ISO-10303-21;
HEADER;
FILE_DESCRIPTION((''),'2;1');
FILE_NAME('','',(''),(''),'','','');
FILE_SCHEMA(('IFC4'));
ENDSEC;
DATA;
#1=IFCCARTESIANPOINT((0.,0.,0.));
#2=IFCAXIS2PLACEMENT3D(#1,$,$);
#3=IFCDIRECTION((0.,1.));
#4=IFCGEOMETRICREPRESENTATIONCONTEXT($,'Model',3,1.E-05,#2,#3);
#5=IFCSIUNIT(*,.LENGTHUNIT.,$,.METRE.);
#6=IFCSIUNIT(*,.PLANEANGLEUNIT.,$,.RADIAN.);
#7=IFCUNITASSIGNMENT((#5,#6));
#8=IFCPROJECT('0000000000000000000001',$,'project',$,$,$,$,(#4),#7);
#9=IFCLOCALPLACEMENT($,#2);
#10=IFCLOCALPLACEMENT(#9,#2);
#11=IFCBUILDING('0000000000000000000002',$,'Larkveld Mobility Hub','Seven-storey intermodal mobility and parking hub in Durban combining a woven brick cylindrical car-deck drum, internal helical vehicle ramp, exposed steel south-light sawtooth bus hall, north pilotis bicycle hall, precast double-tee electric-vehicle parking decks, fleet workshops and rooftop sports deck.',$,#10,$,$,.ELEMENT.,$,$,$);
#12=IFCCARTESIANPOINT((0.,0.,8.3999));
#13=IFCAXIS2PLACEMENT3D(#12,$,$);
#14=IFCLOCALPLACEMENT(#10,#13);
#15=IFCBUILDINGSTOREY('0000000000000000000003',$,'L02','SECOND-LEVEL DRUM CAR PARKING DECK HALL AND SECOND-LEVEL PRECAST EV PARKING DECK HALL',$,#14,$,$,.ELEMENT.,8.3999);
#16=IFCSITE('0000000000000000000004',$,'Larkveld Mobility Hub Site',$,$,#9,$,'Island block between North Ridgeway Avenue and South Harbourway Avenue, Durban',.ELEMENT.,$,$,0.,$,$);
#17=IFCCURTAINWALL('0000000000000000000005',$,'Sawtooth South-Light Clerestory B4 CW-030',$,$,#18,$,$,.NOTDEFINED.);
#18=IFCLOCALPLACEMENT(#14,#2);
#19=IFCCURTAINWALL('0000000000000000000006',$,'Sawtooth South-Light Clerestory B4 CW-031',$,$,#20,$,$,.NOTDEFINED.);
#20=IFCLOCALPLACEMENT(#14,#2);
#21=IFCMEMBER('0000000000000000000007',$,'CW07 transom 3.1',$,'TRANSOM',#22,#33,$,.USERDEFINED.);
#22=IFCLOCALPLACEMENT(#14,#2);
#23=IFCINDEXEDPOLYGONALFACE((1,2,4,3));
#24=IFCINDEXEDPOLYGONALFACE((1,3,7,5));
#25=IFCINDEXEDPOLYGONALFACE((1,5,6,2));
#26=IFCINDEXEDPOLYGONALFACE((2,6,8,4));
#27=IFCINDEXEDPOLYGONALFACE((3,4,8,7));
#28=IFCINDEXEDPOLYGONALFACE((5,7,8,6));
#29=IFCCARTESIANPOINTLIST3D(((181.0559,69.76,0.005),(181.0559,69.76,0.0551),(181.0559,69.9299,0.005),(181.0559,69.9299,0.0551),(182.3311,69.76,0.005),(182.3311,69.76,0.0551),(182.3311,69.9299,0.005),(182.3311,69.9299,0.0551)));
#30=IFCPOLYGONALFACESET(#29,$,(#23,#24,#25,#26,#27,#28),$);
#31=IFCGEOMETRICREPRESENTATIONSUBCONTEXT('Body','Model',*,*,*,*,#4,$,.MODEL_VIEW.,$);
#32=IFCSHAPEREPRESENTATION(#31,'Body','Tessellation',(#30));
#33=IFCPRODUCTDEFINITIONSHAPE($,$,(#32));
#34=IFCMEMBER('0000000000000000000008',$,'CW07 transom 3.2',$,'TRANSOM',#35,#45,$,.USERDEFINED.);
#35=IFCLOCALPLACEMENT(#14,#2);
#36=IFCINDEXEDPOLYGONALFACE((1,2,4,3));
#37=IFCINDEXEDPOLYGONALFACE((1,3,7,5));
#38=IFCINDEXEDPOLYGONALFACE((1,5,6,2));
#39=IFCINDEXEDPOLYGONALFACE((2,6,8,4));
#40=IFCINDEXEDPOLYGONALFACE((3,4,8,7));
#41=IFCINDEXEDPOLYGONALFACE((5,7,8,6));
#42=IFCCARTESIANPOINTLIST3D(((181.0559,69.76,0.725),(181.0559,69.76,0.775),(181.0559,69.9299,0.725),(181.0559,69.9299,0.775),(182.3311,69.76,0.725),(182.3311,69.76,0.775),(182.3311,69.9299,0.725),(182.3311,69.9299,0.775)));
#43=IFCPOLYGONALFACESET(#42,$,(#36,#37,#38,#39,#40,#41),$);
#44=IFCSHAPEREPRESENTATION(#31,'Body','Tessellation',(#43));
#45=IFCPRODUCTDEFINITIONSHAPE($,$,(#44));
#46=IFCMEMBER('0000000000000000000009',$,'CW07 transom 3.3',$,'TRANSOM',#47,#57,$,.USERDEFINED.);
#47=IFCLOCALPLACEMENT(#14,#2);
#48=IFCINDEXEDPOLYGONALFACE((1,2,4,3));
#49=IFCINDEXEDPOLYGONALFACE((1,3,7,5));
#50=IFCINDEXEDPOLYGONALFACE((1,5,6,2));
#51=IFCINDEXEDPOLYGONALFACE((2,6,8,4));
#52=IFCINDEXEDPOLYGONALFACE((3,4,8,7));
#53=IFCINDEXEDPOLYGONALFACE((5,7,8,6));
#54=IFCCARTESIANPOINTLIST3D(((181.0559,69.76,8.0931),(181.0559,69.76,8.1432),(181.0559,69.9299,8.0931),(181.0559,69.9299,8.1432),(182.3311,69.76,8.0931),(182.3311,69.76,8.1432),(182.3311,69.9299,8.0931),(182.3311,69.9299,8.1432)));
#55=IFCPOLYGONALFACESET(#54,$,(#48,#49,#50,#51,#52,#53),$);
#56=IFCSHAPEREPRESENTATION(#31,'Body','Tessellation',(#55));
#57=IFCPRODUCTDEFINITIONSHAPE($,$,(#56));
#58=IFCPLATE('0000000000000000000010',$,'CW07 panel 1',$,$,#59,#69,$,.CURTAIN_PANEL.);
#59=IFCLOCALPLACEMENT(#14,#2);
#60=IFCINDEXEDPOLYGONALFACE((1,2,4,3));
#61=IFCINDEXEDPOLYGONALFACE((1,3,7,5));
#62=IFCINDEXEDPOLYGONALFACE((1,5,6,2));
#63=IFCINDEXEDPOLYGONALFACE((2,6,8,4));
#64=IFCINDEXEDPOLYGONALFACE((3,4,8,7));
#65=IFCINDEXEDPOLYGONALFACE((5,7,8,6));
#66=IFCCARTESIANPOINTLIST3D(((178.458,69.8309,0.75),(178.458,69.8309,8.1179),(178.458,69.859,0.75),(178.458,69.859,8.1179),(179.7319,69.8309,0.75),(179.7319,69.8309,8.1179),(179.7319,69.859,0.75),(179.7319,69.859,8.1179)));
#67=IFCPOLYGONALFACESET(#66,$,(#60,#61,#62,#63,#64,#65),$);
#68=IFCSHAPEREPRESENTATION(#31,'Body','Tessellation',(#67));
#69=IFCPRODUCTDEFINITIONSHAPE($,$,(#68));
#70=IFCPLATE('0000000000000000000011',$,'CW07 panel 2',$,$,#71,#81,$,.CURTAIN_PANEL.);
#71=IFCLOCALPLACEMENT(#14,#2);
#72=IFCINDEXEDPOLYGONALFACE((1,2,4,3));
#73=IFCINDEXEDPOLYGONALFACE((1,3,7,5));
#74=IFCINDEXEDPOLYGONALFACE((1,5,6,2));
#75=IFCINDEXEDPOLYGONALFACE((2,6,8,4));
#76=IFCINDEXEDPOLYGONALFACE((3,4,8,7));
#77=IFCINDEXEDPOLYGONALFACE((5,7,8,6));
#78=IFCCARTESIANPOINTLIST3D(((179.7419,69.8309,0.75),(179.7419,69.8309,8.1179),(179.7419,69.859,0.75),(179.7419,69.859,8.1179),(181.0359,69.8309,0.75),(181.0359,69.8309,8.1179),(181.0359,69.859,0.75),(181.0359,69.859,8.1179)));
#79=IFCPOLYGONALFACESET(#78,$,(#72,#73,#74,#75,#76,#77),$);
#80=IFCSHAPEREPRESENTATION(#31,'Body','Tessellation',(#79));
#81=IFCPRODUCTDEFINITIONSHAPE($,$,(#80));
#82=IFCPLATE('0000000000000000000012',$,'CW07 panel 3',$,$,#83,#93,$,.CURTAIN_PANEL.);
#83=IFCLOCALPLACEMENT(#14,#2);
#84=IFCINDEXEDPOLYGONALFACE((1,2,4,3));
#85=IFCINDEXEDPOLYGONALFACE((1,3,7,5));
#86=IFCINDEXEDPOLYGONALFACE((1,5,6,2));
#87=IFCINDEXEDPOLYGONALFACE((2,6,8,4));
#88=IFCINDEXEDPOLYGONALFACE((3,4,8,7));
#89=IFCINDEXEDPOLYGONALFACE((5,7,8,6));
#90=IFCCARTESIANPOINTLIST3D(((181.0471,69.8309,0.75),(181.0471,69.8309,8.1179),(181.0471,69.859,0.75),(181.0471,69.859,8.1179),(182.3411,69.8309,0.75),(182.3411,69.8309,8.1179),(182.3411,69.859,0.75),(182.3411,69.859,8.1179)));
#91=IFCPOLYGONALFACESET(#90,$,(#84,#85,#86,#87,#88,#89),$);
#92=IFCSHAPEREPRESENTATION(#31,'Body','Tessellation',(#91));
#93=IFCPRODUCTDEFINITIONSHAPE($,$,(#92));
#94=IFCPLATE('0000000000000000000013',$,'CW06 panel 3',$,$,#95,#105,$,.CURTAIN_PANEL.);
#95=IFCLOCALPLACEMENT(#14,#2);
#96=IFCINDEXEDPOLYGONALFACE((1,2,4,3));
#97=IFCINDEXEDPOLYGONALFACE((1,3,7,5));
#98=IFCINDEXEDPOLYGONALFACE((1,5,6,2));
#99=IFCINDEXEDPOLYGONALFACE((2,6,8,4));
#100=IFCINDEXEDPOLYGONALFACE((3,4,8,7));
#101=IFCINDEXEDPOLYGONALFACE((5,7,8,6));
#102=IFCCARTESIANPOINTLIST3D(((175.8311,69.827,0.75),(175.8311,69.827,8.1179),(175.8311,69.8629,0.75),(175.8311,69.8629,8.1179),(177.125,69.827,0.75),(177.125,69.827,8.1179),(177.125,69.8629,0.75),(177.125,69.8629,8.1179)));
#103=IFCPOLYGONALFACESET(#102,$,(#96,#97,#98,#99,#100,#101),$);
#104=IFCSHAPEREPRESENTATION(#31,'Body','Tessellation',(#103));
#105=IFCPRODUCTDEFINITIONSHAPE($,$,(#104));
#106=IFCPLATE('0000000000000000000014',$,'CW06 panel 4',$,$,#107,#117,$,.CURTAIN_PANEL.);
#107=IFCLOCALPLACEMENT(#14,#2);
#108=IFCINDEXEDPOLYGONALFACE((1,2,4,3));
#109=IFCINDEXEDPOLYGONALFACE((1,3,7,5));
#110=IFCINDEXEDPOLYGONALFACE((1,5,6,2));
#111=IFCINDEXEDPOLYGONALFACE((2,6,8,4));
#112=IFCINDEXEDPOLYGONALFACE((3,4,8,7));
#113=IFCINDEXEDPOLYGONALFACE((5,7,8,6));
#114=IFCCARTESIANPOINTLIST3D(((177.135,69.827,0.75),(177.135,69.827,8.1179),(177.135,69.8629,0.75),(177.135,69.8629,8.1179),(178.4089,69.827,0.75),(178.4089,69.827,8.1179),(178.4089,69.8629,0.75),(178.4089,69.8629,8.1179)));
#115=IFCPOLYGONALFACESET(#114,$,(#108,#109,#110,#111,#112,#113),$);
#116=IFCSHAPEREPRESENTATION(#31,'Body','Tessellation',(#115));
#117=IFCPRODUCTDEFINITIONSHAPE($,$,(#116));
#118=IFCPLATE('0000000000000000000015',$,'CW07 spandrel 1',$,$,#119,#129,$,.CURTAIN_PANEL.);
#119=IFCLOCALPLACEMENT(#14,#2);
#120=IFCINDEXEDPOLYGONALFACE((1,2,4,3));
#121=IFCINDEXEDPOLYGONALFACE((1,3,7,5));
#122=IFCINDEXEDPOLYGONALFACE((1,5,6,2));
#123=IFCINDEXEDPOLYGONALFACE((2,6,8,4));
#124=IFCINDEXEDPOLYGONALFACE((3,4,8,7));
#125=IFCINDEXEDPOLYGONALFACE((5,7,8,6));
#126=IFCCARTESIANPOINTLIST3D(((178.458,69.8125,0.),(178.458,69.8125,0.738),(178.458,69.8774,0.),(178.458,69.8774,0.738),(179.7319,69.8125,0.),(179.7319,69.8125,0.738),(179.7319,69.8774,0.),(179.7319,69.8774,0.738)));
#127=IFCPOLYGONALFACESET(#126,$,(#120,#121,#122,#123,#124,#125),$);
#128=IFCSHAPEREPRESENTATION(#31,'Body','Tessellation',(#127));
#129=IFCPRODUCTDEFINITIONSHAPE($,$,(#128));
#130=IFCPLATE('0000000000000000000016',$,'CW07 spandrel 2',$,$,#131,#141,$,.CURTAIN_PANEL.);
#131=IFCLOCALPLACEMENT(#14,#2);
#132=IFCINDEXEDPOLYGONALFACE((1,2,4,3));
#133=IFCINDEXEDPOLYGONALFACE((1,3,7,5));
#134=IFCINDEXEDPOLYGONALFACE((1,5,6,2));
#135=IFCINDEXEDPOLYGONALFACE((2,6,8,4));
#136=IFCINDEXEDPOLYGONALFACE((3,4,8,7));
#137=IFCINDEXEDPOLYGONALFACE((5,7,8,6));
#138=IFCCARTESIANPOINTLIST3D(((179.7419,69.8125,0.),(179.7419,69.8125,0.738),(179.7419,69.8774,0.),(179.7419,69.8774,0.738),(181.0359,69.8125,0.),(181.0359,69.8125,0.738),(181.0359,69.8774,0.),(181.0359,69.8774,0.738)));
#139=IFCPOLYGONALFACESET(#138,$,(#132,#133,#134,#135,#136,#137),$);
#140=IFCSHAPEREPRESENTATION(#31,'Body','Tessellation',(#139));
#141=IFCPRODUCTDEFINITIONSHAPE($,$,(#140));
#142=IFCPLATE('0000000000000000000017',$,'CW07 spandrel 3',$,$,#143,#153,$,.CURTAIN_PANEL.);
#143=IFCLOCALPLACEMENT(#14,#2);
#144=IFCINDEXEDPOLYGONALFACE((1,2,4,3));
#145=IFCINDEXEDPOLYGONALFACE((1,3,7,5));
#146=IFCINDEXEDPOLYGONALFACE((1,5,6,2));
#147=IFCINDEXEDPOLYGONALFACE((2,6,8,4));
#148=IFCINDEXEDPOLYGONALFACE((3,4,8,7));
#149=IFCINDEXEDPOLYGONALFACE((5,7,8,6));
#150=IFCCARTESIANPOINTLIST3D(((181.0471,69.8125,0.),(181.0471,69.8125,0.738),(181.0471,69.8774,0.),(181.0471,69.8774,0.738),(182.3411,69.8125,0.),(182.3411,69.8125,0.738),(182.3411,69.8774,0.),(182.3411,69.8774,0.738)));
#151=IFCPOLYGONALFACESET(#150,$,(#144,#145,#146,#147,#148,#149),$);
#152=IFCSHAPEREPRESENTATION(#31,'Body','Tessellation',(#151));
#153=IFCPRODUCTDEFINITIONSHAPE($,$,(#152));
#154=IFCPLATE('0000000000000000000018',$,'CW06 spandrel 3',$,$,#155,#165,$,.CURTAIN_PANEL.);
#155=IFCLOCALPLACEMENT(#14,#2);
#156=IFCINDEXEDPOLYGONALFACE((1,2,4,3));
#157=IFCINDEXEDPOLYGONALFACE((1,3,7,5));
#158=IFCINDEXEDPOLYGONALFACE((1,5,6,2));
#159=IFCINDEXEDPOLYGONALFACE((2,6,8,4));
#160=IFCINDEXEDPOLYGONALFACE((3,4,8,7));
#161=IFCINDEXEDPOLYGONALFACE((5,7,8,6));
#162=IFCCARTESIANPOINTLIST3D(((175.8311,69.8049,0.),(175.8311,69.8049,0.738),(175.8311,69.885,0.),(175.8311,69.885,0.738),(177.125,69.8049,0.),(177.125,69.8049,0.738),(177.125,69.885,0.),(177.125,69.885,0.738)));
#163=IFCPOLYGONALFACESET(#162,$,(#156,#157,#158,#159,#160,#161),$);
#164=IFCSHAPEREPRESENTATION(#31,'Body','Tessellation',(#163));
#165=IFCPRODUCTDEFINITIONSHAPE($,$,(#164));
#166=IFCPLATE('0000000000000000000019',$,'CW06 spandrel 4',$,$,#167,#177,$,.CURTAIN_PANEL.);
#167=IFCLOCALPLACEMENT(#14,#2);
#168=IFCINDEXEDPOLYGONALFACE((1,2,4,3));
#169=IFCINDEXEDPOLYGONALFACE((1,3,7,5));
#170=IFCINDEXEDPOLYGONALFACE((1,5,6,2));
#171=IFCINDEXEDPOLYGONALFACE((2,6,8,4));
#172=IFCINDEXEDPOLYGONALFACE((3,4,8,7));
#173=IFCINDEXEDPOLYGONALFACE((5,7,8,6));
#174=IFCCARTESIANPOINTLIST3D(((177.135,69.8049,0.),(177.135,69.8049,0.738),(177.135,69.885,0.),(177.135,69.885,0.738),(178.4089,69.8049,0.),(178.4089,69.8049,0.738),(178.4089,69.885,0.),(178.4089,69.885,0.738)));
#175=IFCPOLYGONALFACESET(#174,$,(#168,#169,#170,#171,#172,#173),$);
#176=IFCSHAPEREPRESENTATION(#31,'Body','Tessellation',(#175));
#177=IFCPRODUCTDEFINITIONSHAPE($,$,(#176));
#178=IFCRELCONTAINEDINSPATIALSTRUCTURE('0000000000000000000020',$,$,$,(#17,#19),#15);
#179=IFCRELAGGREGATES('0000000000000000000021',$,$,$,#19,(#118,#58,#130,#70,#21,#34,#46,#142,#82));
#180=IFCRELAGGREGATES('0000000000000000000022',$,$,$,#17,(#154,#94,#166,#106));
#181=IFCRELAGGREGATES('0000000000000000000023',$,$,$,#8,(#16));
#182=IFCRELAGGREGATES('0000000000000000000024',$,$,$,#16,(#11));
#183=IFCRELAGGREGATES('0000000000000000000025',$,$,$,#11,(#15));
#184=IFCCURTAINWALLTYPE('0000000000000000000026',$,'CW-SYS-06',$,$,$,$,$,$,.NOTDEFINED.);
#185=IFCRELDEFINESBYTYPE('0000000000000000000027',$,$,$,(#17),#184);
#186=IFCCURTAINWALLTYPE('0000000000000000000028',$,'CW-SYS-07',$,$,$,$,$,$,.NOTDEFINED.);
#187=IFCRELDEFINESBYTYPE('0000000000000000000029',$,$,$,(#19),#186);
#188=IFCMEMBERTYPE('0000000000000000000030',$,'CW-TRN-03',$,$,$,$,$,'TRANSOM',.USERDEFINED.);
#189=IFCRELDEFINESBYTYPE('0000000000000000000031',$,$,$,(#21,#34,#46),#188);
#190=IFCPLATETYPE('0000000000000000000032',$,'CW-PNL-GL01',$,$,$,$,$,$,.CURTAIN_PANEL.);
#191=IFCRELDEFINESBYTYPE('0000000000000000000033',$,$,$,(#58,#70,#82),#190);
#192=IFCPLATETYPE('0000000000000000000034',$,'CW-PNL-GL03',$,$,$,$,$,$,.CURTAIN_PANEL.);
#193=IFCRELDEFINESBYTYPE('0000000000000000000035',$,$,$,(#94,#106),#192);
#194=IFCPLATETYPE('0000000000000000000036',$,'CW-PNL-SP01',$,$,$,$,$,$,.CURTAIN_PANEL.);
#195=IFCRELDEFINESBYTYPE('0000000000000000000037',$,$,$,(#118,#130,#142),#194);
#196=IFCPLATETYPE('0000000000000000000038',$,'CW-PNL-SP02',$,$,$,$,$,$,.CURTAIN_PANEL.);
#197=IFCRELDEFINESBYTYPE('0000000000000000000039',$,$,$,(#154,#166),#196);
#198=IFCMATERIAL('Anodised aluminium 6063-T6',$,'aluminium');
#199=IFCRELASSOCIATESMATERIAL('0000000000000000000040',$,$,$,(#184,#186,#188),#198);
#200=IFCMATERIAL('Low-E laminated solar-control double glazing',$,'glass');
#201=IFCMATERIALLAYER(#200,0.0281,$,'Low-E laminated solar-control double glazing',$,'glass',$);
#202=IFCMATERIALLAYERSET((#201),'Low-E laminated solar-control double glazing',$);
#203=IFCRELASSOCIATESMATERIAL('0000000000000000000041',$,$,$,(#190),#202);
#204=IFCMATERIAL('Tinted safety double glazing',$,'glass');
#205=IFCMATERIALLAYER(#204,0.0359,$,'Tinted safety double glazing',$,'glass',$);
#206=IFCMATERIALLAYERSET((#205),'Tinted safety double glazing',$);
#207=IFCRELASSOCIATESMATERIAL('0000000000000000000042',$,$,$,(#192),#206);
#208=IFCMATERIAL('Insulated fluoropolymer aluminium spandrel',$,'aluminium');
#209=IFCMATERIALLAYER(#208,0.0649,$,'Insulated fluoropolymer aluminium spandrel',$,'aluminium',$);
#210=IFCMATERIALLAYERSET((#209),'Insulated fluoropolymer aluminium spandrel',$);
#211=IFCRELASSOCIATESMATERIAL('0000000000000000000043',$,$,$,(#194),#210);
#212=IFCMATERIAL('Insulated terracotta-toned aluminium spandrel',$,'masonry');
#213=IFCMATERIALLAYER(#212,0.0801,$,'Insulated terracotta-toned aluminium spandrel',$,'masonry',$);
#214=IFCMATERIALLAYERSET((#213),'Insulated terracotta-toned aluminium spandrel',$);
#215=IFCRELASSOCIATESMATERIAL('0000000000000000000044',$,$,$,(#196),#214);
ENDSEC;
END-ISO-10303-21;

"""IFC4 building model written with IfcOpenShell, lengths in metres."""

from ifc_helpers import new_model, si_unit, direction, frame, origin, origin_2d, place, context, subcontext, project, spatial, rectangle, extrude, material, layer, layer_set, material_profile, profile_set, type_object, element, aggregate, save


model = new_model("IFC4")

# Units and contexts
model_context = context("Model", 3, precision=1e-05, world=origin(), true_north=direction((0.0, 1.0)))
body_context = subcontext(model_context, "Body", "Model", "MODEL_VIEW")
ifc_project = project(units=[si_unit("LENGTHUNIT", "METRE"), si_unit("PLANEANGLEUNIT", "RADIAN")], contexts=[model_context])

# Site, building, storey
site_placement = place(None, origin())
site = spatial("IfcSite", under=ifc_project, at=site_placement, Name="Larkveld Mobility Hub Site", LongName="Island block between North Ridgeway Avenue and South Harbourway Avenue, Durban", CompositionType="ELEMENT", RefElevation=0.0)
building_placement = place(site_placement, origin())
building = spatial("IfcBuilding", under=site, at=building_placement, Name="Larkveld Mobility Hub", Description="Seven-storey intermodal mobility and parking hub in Durban combining a woven brick cylindrical car-deck drum, internal helical vehicle ramp, exposed steel south-light sawtooth bus hall, north pilotis bicycle hall, precast double-tee electric-vehicle parking decks, fleet workshops and rooftop sports deck.", CompositionType="ELEMENT")
storey_placement = place(building_placement, frame((0.0, 0.0, 8.3999)))
storey = spatial("IfcBuildingStorey", under=building, at=storey_placement, Name="L02", Description="SECOND-LEVEL DRUM CAR PARKING DECK HALL AND SECOND-LEVEL PRECAST EV PARKING DECK HALL", CompositionType="ELEMENT", Elevation=8.3999)

# Curtain walls
ifc_material_1 = material(Name="Anodised aluminium 6063-T6", Category="aluminium")
curtain_wall_type_1 = type_object("IfcCurtainWallType", Name="CW-SYS-06", PredefinedType="NOTDEFINED", material=ifc_material_1)
curtain_wall_1_placement = place(storey_placement, origin())
curtain_wall_1 = element("IfcCurtainWall", 1, at=curtain_wall_1_placement, inside=storey, type_object=curtain_wall_type_1, Name="Sawtooth South-Light Clerestory B4 CW-030", PredefinedType="NOTDEFINED")
curtain_wall_type_2 = type_object("IfcCurtainWallType", Name="CW-SYS-07", PredefinedType="NOTDEFINED", material=ifc_material_1)
curtain_wall_2_placement = place(storey_placement, origin())
curtain_wall_2 = element("IfcCurtainWall", 2, at=curtain_wall_2_placement, inside=storey, type_object=curtain_wall_type_2, Name="Sawtooth South-Light Clerestory B4 CW-031", PredefinedType="NOTDEFINED")

# Members
ifc_material_profile_1 = material_profile(ifc_material_1, rectangle(XDim=0.1699, YDim=0.05, at=origin_2d()), Name="ALU TRAN 50x170")
ifc_profile_set_1 = profile_set([ifc_material_profile_1], Name="Anodised aluminium 6063-T6")
member_type_1 = type_object("IfcMemberType", Name="CW-TRN-03", ElementType="TRANSOM", PredefinedType="USERDEFINED", material=ifc_profile_set_1)
member_1_placement = place(storey_placement, frame((181.0559, 69.845, 0.03), z_axis=(1.0, 0.0, 0.0), x_axis=(0.0, 1.0, 0.0)))
member_1 = element("IfcMember", 3, at=member_1_placement, type_object=member_type_1, Name="CW07 transom 3.1", ObjectType="TRANSOM", PredefinedType="USERDEFINED", context=body_context, shape_type="SweptSolid", body=[
    extrude(rectangle(XDim=0.1699, YDim=0.05, at=origin_2d()), origin(), (0.0, 0.0, 1.0), 1.2751),
])
member_2_placement = place(storey_placement, frame((181.0559, 69.845, 0.75), z_axis=(1.0, 0.0, 0.0), x_axis=(0.0, 1.0, 0.0)))
member_2 = element("IfcMember", 4, at=member_2_placement, type_object=member_type_1, Name="CW07 transom 3.2", ObjectType="TRANSOM", PredefinedType="USERDEFINED", context=body_context, shape_type="SweptSolid", body=[
    extrude(rectangle(XDim=0.1699, YDim=0.05, at=origin_2d()), origin(), (0.0, 0.0, 1.0), 1.2751),
])
member_3_placement = place(storey_placement, frame((181.0559, 69.845, 8.1182), z_axis=(1.0, 0.0, 0.0), x_axis=(0.0, 1.0, 0.0)))
member_3 = element("IfcMember", 5, at=member_3_placement, type_object=member_type_1, Name="CW07 transom 3.3", ObjectType="TRANSOM", PredefinedType="USERDEFINED", context=body_context, shape_type="SweptSolid", body=[
    extrude(rectangle(XDim=0.1699, YDim=0.05, at=origin_2d()), origin(), (0.0, 0.0, 1.0), 1.2751),
])

# Plates
ifc_material_2 = material(Name="Low-E laminated solar-control double glazing", Category="glass")
ifc_layer_1 = layer(ifc_material_2, 0.0281, Name="Low-E laminated solar-control double glazing", Category="glass")
ifc_layer_set_1 = layer_set([ifc_layer_1], Name="Low-E laminated solar-control double glazing")
plate_type_1 = type_object("IfcPlateType", Name="CW-PNL-GL01", PredefinedType="CURTAIN_PANEL", material=ifc_layer_set_1)
plate_1_placement = place(storey_placement, frame((179.095, 69.845, 0.75), z_axis=(0.0, 0.0, 1.0), x_axis=(1.0, 0.0, 0.0)))
plate_1 = element("IfcPlate", 6, at=plate_1_placement, type_object=plate_type_1, Name="CW07 panel 1", PredefinedType="CURTAIN_PANEL", context=body_context, shape_type="SweptSolid", body=[
    extrude(rectangle(XDim=1.2739, YDim=0.0281, at=origin_2d()), origin(), (0.0, 0.0, 1.0), 7.3679),
])
plate_2_placement = place(storey_placement, frame((180.3889, 69.845, 0.75), z_axis=(0.0, 0.0, 1.0), x_axis=(1.0, 0.0, 0.0)))
plate_2 = element("IfcPlate", 7, at=plate_2_placement, type_object=plate_type_1, Name="CW07 panel 2", PredefinedType="CURTAIN_PANEL", context=body_context, shape_type="SweptSolid", body=[
    extrude(rectangle(XDim=1.2939, YDim=0.0281, at=origin_2d()), origin(), (0.0, 0.0, 1.0), 7.3679),
])
plate_3_placement = place(storey_placement, frame((181.6941, 69.845, 0.75), z_axis=(0.0, 0.0, 1.0), x_axis=(1.0, 0.0, 0.0)))
plate_3 = element("IfcPlate", 8, at=plate_3_placement, type_object=plate_type_1, Name="CW07 panel 3", PredefinedType="CURTAIN_PANEL", context=body_context, shape_type="SweptSolid", body=[
    extrude(rectangle(XDim=1.2939, YDim=0.0281, at=origin_2d()), origin(), (0.0, 0.0, 1.0), 7.3679),
])
ifc_material_3 = material(Name="Tinted safety double glazing", Category="glass")
ifc_layer_2 = layer(ifc_material_3, 0.0359, Name="Tinted safety double glazing", Category="glass")
ifc_layer_set_2 = layer_set([ifc_layer_2], Name="Tinted safety double glazing")
plate_type_2 = type_object("IfcPlateType", Name="CW-PNL-GL03", PredefinedType="CURTAIN_PANEL", material=ifc_layer_set_2)
plate_4_placement = place(storey_placement, frame((176.478, 69.845, 0.75), z_axis=(0.0, 0.0, 1.0), x_axis=(1.0, 0.0, 0.0)))
plate_4 = element("IfcPlate", 9, at=plate_4_placement, type_object=plate_type_2, Name="CW06 panel 3", PredefinedType="CURTAIN_PANEL", context=body_context, shape_type="SweptSolid", body=[
    extrude(rectangle(XDim=1.2939, YDim=0.0359, at=origin_2d()), origin(), (0.0, 0.0, 1.0), 7.3679),
])
plate_5_placement = place(storey_placement, frame((177.772, 69.845, 0.75), z_axis=(0.0, 0.0, 1.0), x_axis=(1.0, 0.0, 0.0)))
plate_5 = element("IfcPlate", 10, at=plate_5_placement, type_object=plate_type_2, Name="CW06 panel 4", PredefinedType="CURTAIN_PANEL", context=body_context, shape_type="SweptSolid", body=[
    extrude(rectangle(XDim=1.2739, YDim=0.0359, at=origin_2d()), origin(), (0.0, 0.0, 1.0), 7.3679),
])
ifc_material_4 = material(Name="Insulated fluoropolymer aluminium spandrel", Category="aluminium")
ifc_layer_3 = layer(ifc_material_4, 0.0649, Name="Insulated fluoropolymer aluminium spandrel", Category="aluminium")
ifc_layer_set_3 = layer_set([ifc_layer_3], Name="Insulated fluoropolymer aluminium spandrel")
plate_type_3 = type_object("IfcPlateType", Name="CW-PNL-SP01", PredefinedType="CURTAIN_PANEL", material=ifc_layer_set_3)
plate_6_placement = place(storey_placement, frame((179.095, 69.845, 0.0), z_axis=(0.0, 0.0, 1.0), x_axis=(1.0, 0.0, 0.0)))
plate_6 = element("IfcPlate", 11, at=plate_6_placement, type_object=plate_type_3, Name="CW07 spandrel 1", PredefinedType="CURTAIN_PANEL", context=body_context, shape_type="SweptSolid", body=[
    extrude(rectangle(XDim=1.2739, YDim=0.0649, at=origin_2d()), origin(), (0.0, 0.0, 1.0), 0.738),
])
plate_7_placement = place(storey_placement, frame((180.3889, 69.845, 0.0), z_axis=(0.0, 0.0, 1.0), x_axis=(1.0, 0.0, 0.0)))
plate_7 = element("IfcPlate", 12, at=plate_7_placement, type_object=plate_type_3, Name="CW07 spandrel 2", PredefinedType="CURTAIN_PANEL", context=body_context, shape_type="SweptSolid", body=[
    extrude(rectangle(XDim=1.2939, YDim=0.0649, at=origin_2d()), origin(), (0.0, 0.0, 1.0), 0.738),
])
plate_8_placement = place(storey_placement, frame((181.6941, 69.845, 0.0), z_axis=(0.0, 0.0, 1.0), x_axis=(1.0, 0.0, 0.0)))
plate_8 = element("IfcPlate", 13, at=plate_8_placement, type_object=plate_type_3, Name="CW07 spandrel 3", PredefinedType="CURTAIN_PANEL", context=body_context, shape_type="SweptSolid", body=[
    extrude(rectangle(XDim=1.2939, YDim=0.0649, at=origin_2d()), origin(), (0.0, 0.0, 1.0), 0.738),
])
aggregate(curtain_wall_2, [plate_6, plate_1, plate_7, plate_2, member_1, member_2, member_3, plate_8, plate_3])
ifc_material_5 = material(Name="Insulated terracotta-toned aluminium spandrel", Category="masonry")
ifc_layer_4 = layer(ifc_material_5, 0.0801, Name="Insulated terracotta-toned aluminium spandrel", Category="masonry")
ifc_layer_set_4 = layer_set([ifc_layer_4], Name="Insulated terracotta-toned aluminium spandrel")
plate_type_4 = type_object("IfcPlateType", Name="CW-PNL-SP02", PredefinedType="CURTAIN_PANEL", material=ifc_layer_set_4)
plate_9_placement = place(storey_placement, frame((176.478, 69.845, 0.0), z_axis=(0.0, 0.0, 1.0), x_axis=(1.0, 0.0, 0.0)))
plate_9 = element("IfcPlate", 14, at=plate_9_placement, type_object=plate_type_4, Name="CW06 spandrel 3", PredefinedType="CURTAIN_PANEL", context=body_context, shape_type="SweptSolid", body=[
    extrude(rectangle(XDim=1.2939, YDim=0.0801, at=origin_2d()), origin(), (0.0, 0.0, 1.0), 0.738),
])
plate_10_placement = place(storey_placement, frame((177.772, 69.845, 0.0), z_axis=(0.0, 0.0, 1.0), x_axis=(1.0, 0.0, 0.0)))
plate_10 = element("IfcPlate", 15, at=plate_10_placement, type_object=plate_type_4, Name="CW06 spandrel 4", PredefinedType="CURTAIN_PANEL", context=body_context, shape_type="SweptSolid", body=[
    extrude(rectangle(XDim=1.2739, YDim=0.0801, at=origin_2d()), origin(), (0.0, 0.0, 1.0), 0.738),
])
aggregate(curtain_wall_1, [plate_9, plate_4, plate_10, plate_5])

save(model, "model.ifc")
